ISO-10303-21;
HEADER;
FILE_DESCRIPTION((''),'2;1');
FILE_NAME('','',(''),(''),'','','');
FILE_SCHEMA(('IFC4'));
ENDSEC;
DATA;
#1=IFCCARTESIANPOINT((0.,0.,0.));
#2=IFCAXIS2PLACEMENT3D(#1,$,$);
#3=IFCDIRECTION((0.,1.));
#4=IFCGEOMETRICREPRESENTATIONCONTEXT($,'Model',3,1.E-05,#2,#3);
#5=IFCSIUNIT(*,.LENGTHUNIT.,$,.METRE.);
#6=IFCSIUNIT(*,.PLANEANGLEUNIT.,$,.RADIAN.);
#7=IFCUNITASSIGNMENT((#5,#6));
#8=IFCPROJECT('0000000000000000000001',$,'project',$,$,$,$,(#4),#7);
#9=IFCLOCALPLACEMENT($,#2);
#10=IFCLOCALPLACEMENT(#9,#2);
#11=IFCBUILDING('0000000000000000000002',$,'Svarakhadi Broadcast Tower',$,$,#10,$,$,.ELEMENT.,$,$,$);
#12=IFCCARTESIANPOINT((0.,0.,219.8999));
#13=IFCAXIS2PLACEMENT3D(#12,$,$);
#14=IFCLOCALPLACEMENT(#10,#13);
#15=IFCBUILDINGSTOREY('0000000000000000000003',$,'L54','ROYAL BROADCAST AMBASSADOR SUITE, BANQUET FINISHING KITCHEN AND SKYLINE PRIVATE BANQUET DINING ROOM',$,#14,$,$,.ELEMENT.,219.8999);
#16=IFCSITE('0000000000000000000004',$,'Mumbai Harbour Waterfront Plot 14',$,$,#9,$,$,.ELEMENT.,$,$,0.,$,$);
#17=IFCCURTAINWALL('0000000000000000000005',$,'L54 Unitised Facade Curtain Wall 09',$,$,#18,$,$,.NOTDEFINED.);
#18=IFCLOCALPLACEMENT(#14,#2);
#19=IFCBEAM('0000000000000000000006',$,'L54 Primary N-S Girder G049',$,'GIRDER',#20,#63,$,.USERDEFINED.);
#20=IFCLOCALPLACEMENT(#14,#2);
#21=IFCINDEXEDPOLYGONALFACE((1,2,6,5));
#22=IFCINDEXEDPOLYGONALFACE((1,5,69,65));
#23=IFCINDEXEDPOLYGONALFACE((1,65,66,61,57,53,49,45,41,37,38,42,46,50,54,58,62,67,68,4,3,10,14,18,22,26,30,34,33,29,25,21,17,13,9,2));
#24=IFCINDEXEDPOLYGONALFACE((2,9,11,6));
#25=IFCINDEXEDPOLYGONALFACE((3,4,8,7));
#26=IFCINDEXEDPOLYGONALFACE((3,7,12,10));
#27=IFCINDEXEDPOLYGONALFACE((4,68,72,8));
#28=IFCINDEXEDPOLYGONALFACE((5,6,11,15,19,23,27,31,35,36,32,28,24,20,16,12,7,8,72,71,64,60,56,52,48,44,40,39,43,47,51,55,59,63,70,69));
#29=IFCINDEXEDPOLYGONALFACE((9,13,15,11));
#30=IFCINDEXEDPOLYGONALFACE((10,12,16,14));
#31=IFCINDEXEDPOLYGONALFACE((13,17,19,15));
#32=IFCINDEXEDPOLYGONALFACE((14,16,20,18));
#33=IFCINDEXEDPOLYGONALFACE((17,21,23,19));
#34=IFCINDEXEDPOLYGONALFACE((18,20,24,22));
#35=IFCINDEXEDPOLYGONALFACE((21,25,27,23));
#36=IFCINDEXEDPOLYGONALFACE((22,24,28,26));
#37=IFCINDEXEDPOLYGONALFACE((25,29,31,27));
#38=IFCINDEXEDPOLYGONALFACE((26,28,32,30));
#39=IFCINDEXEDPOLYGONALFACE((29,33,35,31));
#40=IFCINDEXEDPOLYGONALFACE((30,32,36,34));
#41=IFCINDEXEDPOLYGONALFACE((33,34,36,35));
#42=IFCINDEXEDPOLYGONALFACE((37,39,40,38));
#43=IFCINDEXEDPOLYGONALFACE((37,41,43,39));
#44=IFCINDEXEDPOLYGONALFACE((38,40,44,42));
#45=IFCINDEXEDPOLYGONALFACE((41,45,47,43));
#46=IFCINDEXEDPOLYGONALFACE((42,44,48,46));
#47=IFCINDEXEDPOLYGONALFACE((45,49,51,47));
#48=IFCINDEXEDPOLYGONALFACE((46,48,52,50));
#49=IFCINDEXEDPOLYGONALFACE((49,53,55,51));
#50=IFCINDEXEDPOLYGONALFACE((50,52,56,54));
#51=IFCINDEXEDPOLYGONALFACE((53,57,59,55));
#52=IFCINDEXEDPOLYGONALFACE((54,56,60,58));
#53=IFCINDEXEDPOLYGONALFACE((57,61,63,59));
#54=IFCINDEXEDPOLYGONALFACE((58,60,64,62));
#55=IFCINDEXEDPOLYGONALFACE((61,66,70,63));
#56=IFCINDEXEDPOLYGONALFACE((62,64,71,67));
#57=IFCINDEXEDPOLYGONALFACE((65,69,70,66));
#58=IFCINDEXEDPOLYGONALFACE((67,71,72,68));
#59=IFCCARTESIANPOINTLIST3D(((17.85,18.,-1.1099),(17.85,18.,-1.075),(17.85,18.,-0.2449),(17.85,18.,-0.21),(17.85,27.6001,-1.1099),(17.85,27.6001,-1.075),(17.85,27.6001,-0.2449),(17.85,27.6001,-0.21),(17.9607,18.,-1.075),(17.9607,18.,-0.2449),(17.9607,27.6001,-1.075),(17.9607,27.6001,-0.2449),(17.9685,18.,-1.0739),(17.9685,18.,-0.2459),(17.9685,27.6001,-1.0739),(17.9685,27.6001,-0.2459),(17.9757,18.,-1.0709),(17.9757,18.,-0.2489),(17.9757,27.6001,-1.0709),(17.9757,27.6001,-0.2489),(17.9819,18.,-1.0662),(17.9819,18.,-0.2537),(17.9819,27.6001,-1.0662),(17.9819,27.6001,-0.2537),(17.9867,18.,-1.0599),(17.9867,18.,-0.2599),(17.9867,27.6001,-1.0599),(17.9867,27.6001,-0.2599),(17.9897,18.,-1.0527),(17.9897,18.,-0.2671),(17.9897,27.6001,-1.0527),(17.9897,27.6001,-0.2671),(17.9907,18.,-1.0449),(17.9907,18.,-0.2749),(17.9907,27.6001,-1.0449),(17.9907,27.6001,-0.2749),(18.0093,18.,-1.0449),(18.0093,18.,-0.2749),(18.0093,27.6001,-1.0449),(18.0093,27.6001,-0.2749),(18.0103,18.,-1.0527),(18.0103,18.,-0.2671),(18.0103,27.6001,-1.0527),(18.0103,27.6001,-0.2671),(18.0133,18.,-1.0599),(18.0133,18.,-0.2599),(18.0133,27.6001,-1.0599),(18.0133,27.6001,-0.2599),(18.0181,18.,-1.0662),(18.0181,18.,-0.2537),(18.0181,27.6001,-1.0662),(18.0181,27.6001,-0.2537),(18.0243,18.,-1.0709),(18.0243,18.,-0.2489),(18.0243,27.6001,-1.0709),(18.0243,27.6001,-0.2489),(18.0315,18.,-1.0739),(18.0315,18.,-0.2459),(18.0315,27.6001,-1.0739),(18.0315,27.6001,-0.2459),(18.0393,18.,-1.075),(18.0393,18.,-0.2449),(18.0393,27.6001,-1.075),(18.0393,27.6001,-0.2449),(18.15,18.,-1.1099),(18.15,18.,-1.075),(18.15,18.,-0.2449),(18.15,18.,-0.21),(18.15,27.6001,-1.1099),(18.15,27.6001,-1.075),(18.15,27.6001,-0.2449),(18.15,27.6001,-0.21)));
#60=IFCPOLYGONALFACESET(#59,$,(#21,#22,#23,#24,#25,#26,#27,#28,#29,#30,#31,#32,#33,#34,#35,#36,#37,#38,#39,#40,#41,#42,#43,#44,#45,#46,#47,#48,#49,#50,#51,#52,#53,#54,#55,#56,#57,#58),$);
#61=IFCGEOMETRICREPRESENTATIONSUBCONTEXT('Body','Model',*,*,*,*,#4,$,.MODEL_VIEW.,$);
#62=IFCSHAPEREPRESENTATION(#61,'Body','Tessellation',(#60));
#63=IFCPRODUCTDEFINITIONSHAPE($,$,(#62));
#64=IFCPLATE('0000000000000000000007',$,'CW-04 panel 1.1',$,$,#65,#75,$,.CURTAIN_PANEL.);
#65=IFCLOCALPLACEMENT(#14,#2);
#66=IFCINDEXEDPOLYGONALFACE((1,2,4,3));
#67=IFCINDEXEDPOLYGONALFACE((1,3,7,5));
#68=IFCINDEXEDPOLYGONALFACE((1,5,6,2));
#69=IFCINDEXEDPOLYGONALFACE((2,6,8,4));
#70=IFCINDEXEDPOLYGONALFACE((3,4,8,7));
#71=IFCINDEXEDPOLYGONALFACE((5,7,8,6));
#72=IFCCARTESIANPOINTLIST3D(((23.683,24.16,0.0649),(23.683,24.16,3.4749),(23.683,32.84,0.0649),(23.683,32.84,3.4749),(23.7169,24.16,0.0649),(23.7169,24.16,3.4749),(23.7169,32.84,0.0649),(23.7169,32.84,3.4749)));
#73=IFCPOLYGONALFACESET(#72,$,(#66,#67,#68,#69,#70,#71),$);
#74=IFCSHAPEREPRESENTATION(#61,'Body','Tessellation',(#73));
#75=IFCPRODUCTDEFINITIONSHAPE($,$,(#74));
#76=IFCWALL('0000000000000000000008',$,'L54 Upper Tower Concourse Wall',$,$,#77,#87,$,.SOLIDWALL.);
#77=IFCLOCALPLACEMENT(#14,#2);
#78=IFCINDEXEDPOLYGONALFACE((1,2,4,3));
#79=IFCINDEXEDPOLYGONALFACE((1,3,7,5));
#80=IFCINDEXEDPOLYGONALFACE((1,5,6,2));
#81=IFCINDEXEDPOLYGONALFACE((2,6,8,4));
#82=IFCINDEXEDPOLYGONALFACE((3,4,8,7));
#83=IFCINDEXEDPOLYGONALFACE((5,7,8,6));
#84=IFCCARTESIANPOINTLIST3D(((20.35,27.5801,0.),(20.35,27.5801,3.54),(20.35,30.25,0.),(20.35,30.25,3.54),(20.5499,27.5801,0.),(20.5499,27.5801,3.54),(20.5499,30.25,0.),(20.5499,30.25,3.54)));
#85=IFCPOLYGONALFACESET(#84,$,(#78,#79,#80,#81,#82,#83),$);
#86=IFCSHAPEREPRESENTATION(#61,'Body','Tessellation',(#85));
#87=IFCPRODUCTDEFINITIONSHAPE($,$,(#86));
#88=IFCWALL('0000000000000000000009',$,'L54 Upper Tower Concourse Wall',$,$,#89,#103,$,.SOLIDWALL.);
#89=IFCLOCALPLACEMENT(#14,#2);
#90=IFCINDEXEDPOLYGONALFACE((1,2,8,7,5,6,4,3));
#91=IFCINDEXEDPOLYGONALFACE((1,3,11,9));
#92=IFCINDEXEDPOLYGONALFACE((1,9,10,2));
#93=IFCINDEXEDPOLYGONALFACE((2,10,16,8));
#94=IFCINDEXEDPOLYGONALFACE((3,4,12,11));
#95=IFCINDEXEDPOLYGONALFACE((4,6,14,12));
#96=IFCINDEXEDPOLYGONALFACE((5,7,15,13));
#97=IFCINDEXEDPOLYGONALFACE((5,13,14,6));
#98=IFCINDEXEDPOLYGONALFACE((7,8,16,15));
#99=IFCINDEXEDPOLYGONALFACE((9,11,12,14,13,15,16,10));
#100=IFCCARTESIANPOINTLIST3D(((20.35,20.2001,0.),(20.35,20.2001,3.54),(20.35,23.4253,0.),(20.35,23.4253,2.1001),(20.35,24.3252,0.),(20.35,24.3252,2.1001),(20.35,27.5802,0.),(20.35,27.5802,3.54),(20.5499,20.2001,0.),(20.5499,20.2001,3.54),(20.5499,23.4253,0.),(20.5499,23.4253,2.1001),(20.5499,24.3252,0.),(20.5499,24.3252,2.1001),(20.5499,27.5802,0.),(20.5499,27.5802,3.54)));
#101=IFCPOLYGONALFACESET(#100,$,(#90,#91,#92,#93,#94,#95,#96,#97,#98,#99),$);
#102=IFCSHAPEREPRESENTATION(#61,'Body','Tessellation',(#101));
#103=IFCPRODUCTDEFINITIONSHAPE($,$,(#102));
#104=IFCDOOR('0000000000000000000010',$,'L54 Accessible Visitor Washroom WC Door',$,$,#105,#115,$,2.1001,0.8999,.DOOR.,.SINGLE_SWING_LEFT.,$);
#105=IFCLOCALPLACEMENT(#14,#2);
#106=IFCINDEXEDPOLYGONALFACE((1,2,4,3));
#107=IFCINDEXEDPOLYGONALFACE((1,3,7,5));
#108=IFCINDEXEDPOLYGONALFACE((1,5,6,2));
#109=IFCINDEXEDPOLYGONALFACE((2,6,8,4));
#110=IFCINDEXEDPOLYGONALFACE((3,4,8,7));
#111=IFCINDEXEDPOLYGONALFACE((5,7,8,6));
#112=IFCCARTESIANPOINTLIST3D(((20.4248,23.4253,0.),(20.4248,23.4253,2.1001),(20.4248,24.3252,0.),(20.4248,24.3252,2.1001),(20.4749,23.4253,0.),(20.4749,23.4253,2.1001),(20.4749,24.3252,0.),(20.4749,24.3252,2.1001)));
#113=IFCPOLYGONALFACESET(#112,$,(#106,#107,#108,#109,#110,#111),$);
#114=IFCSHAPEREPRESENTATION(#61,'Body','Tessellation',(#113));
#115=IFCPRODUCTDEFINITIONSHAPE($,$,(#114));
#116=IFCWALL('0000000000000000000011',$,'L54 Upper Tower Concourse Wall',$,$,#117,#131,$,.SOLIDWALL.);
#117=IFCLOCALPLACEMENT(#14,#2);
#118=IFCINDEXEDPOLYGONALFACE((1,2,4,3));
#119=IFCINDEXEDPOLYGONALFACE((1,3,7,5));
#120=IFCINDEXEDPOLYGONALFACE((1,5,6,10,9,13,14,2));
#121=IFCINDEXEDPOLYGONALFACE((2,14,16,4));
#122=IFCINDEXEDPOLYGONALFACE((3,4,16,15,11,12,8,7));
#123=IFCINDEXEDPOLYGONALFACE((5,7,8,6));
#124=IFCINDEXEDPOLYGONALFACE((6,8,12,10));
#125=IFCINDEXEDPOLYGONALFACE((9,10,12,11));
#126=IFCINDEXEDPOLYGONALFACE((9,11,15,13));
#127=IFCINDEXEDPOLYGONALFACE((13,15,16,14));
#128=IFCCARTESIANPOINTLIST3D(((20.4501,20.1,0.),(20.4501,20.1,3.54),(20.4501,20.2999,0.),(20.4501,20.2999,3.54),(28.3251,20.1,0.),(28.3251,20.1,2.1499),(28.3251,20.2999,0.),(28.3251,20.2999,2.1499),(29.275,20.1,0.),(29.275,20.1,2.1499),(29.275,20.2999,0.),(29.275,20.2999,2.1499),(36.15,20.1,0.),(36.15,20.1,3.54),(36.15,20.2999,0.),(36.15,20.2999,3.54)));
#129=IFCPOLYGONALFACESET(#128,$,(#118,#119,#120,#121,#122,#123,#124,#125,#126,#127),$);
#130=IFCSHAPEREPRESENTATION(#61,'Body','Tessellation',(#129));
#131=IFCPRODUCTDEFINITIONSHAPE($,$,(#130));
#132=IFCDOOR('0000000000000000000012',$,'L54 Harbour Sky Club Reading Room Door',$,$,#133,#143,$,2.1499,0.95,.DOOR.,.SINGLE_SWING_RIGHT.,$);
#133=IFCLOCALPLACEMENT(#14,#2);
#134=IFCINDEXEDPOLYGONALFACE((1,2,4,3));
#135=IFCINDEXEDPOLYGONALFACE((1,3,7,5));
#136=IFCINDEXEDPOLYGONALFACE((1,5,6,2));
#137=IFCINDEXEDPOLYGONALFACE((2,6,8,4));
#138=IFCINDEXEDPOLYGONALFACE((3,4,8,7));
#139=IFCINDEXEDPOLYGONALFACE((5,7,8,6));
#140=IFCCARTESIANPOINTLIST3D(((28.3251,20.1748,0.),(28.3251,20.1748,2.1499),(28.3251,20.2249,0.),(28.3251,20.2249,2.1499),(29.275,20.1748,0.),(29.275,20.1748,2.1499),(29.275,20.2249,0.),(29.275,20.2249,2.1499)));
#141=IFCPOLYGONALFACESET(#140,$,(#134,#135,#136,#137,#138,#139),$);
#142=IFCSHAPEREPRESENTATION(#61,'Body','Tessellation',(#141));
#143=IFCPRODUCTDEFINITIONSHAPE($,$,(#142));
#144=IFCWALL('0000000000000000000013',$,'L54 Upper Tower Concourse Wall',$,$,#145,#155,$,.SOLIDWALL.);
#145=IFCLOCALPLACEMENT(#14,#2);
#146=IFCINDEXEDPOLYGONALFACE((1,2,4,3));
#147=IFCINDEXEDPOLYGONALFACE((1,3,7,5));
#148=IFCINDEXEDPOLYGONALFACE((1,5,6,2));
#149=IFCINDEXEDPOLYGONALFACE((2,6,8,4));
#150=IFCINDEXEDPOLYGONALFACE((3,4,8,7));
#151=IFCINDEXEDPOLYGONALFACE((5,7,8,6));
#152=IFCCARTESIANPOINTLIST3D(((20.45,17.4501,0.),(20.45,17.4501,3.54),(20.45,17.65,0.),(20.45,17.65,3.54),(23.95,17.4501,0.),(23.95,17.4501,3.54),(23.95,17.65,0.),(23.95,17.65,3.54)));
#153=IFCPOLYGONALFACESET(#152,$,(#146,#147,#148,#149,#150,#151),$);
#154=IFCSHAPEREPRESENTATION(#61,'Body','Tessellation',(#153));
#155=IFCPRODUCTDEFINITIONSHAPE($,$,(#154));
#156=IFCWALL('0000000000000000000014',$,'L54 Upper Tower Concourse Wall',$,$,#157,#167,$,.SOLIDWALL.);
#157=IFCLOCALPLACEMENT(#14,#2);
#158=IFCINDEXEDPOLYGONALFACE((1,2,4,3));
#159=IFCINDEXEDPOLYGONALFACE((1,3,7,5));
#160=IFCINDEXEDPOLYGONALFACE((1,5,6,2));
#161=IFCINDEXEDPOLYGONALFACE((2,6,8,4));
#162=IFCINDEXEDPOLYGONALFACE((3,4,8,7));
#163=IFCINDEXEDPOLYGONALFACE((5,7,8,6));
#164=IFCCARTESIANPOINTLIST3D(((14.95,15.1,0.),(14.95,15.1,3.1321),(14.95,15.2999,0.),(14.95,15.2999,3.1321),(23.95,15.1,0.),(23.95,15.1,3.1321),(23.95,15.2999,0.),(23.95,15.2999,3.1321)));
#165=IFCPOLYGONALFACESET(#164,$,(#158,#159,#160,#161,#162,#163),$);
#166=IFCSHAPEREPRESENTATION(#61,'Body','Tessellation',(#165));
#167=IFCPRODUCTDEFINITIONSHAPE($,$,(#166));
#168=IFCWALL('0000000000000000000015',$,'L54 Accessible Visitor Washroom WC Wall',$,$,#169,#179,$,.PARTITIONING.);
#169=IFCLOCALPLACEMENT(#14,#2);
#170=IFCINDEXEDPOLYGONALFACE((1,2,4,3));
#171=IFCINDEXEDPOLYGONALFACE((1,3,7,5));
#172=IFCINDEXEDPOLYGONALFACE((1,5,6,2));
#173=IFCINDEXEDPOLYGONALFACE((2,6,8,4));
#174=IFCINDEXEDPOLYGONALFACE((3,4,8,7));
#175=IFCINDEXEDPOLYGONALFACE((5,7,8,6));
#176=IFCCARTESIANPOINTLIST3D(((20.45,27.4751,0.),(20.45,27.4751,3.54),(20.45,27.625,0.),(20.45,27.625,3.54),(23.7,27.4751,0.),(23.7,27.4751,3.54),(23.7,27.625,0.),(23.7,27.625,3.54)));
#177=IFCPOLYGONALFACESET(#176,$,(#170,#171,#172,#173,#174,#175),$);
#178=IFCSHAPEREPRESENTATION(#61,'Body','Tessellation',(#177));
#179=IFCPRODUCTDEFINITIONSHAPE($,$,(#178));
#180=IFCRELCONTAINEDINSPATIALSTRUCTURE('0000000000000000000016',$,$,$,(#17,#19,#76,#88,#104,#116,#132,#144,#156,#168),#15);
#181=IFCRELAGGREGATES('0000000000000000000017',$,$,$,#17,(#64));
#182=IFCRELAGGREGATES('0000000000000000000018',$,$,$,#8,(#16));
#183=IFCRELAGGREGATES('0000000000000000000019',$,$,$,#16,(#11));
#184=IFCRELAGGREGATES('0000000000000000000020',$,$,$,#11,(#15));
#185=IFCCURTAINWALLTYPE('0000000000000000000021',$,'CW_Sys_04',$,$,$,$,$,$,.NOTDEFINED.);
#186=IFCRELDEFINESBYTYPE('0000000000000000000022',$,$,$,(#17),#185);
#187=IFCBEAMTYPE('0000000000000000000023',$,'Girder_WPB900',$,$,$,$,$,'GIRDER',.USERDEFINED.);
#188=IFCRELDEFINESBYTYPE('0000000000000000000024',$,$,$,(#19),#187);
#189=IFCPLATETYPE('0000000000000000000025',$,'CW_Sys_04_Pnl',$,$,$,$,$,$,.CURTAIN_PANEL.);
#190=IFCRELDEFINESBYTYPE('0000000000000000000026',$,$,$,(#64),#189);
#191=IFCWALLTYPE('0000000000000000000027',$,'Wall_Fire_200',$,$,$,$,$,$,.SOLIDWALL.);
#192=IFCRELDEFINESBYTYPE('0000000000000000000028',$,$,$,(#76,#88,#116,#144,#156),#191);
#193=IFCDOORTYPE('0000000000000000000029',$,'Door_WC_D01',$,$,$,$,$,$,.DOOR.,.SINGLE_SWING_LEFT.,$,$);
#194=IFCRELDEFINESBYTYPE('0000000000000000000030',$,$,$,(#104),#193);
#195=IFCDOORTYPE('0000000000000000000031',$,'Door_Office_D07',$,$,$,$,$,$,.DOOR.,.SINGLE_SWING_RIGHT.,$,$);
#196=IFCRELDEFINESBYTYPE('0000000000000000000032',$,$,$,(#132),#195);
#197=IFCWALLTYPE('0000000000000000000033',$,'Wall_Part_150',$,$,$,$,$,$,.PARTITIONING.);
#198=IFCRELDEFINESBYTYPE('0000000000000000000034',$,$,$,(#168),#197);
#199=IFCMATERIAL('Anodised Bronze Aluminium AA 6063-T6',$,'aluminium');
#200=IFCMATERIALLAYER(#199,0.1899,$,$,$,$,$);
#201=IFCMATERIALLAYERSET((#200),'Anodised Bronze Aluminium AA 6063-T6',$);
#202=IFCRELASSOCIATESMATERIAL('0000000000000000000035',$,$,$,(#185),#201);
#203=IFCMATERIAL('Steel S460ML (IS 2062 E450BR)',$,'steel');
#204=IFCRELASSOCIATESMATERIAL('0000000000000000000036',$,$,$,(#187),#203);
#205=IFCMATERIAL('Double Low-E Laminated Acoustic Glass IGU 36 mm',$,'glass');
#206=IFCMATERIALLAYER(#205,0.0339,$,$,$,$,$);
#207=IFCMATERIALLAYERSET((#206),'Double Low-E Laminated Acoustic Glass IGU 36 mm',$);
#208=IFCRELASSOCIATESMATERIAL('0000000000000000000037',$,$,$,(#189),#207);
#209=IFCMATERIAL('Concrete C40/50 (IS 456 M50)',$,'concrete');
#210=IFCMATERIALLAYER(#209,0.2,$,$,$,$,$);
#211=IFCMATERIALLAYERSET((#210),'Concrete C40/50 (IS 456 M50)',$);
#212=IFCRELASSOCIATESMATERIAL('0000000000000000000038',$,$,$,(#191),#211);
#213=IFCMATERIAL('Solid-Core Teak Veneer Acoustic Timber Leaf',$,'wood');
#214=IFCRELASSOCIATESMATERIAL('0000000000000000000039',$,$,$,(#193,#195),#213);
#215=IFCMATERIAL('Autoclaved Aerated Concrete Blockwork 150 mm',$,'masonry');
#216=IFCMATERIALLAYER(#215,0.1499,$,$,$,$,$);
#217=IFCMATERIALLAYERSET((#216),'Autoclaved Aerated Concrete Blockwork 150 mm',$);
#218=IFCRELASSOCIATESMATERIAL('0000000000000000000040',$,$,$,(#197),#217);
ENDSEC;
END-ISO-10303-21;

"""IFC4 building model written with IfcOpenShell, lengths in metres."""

from ifc_helpers import new_model, si_unit, direction, frame, frame_2d, origin, origin_2d, place, context, subcontext, project, spatial, rectangle, i_section, extrude, material, layer, layer_set, material_profile, profile_set, type_object, element, fill, aggregate, save


model = new_model("IFC4")

# Units and contexts
model_context = context("Model", 3, precision=1e-05, world=origin(), true_north=direction((0.0, 1.0)))
body_context = subcontext(model_context, "Body", "Model", "MODEL_VIEW")
ifc_project = project(units=[si_unit("LENGTHUNIT", "METRE"), si_unit("PLANEANGLEUNIT", "RADIAN")], contexts=[model_context])

# Site, building, storey
site_placement = place(None, origin())
site = spatial("IfcSite", under=ifc_project, at=site_placement, Name="Mumbai Harbour Waterfront Plot 14", CompositionType="ELEMENT", RefElevation=0.0)
building_placement = place(site_placement, origin())
building = spatial("IfcBuilding", under=site, at=building_placement, Name="Svarakhadi Broadcast Tower", CompositionType="ELEMENT")
storey_placement = place(building_placement, frame((0.0, 0.0, 219.8999)))
storey = spatial("IfcBuildingStorey", under=building, at=storey_placement, Name="L54", Description="ROYAL BROADCAST AMBASSADOR SUITE, BANQUET FINISHING KITCHEN AND SKYLINE PRIVATE BANQUET DINING ROOM", CompositionType="ELEMENT", Elevation=219.8999)

# Curtain wall
ifc_material_1 = material(Name="Anodised Bronze Aluminium AA 6063-T6", Category="aluminium")
ifc_layer_1 = layer(ifc_material_1, 0.1899)
ifc_layer_set_1 = layer_set([ifc_layer_1], Name="Anodised Bronze Aluminium AA 6063-T6")
curtain_wall_type = type_object("IfcCurtainWallType", Name="CW_Sys_04", PredefinedType="NOTDEFINED", material=ifc_layer_set_1)
curtain_wall_1_placement = place(storey_placement, origin())
curtain_wall_1 = element("IfcCurtainWall", 1, at=curtain_wall_1_placement, inside=storey, type_object=curtain_wall_type, Name="L54 Unitised Facade Curtain Wall 09", PredefinedType="NOTDEFINED")

# Beam
ifc_material_2 = material(Name="Steel S460ML (IS 2062 E450BR)", Category="steel")
ifc_material_profile_1 = material_profile(ifc_material_2, i_section(OverallWidth=0.3, OverallDepth=0.8999, WebThickness=0.0186, FlangeThickness=0.0349, FilletRadius=0.03, at=origin_2d()), Name="WPB 900x300x291")
ifc_profile_set_1 = profile_set([ifc_material_profile_1], Name="Steel S460ML (IS 2062 E450BR)")
beam_type_1 = type_object("IfcBeamType", Name="Girder_WPB900", ElementType="GIRDER", PredefinedType="USERDEFINED", material=ifc_profile_set_1)
for number, where, z_axis, x_axis, name in (
    (2, (18.0, 18.0, -0.6599), (0.0, 1.0, 0.0), (-1.0, 0.0, 0.0), "L54 Primary N-S Girder G049"),
):
    element("IfcBeam", number, at=place(storey_placement, frame(where, z_axis=z_axis, x_axis=x_axis)), inside=storey, type_object=beam_type_1, Name=name, ObjectType="GIRDER", PredefinedType="USERDEFINED", context=body_context, shape_type="SweptSolid", body=[
        extrude(i_section(OverallWidth=0.3, OverallDepth=0.8999, WebThickness=0.0186, FlangeThickness=0.0349, FilletRadius=0.03, at=origin_2d()), origin(), (0.0, 0.0, 1.0), 9.6001),
    ])

# Plate
ifc_material_3 = material(Name="Double Low-E Laminated Acoustic Glass IGU 36 mm", Category="glass")
ifc_layer_2 = layer(ifc_material_3, 0.0339)
ifc_layer_set_2 = layer_set([ifc_layer_2], Name="Double Low-E Laminated Acoustic Glass IGU 36 mm")
plate_type = type_object("IfcPlateType", Name="CW_Sys_04_Pnl", PredefinedType="CURTAIN_PANEL", material=ifc_layer_set_2)
plate_placement = place(storey_placement, frame((23.7, 28.5, 0.0649), z_axis=(0.0, 0.0, 1.0), x_axis=(0.0, -1.0, 0.0)))
plate = element("IfcPlate", 3, at=plate_placement, type_object=plate_type, Name="CW-04 panel 1.1", PredefinedType="CURTAIN_PANEL", context=body_context, shape_type="SweptSolid", body=[
    extrude(rectangle(XDim=8.6799, YDim=0.0339, at=origin_2d()), origin(), (0.0, 0.0, 1.0), 3.4099),
])
aggregate(curtain_wall_1, [plate])

# Wall
ifc_material_4 = material(Name="Concrete C40/50 (IS 456 M50)", Category="concrete")
ifc_layer_3 = layer(ifc_material_4, 0.2)
ifc_layer_set_3 = layer_set([ifc_layer_3], Name="Concrete C40/50 (IS 456 M50)")
wall_type_1 = type_object("IfcWallType", Name="Wall_Fire_200", PredefinedType="SOLIDWALL", material=ifc_layer_set_3)
wall_1_placement = place(storey_placement, frame((20.45, 30.25, 0.0), z_axis=(0.0, 0.0, 1.0), x_axis=(0.0, -1.0, 0.0)))
element("IfcWall", 4, at=wall_1_placement, inside=storey, type_object=wall_type_1, Name="L54 Upper Tower Concourse Wall", PredefinedType="SOLIDWALL", context=body_context, shape_type="SweptSolid", body=[
    extrude(rectangle(XDim=2.6699, YDim=0.2, at=frame_2d((1.335, 0.0))), origin(), (0.0, 0.0, 1.0), 3.54),
])

# Walls, openings, doors
wall_2_placement = place(storey_placement, frame((20.45, 27.5801, 0.0), z_axis=(0.0, 0.0, 1.0), x_axis=(0.0, -1.0, 0.0)))
wall_2 = element("IfcWall", 5, at=wall_2_placement, inside=storey, type_object=wall_type_1, Name="L54 Upper Tower Concourse Wall", PredefinedType="SOLIDWALL", context=body_context, shape_type="SweptSolid", body=[
    extrude(rectangle(XDim=7.3801, YDim=0.2, at=frame_2d((3.6899, 0.0))), origin(), (0.0, 0.0, 1.0), 3.54),
])
opening_1_placement = place(wall_2_placement, frame((3.2549, 0.0, 0.0)))
opening_1 = element("IfcOpeningElement", 6, at=opening_1_placement, cuts=wall_2, PredefinedType="OPENING", context=body_context, shape_type="SweptSolid", body=[
    extrude(rectangle(XDim=0.8999, YDim=2.1001, at=frame_2d((0.45, 1.05))), frame((0.0, 0.1099, 0.0), z_axis=(0.0, -1.0, 0.0), x_axis=(1.0, 0.0, 0.0)), (0.0, 0.0, 1.0), 0.22),
])
ifc_material_5 = material(Name="Solid-Core Teak Veneer Acoustic Timber Leaf", Category="wood")
door_type_1 = type_object("IfcDoorType", Name="Door_WC_D01", OperationType="SINGLE_SWING_LEFT", PredefinedType="DOOR", material=ifc_material_5)
door_1_placement = place(opening_1_placement, origin())
door_1 = element("IfcDoor", 7, at=door_1_placement, inside=storey, type_object=door_type_1, Name="L54 Accessible Visitor Washroom WC Door", OperationType="SINGLE_SWING_LEFT", OverallHeight=2.1001, OverallWidth=0.8999, PredefinedType="DOOR", context=body_context, shape_type="SweptSolid", body=[
    extrude(rectangle(XDim=0.8999, YDim=2.1001, at=frame_2d((0.45, 1.05))), frame((0.0, 0.0249, 0.0), z_axis=(0.0, -1.0, 0.0), x_axis=(1.0, 0.0, 0.0)), (0.0, 0.0, 1.0), 0.05),
])
fill(opening_1, door_1)
wall_3_placement = place(storey_placement, frame((20.45, 20.2, 0.0), z_axis=(0.0, 0.0, 1.0), x_axis=(1.0, 0.0, 0.0)))
wall_3 = element("IfcWall", 8, at=wall_3_placement, inside=storey, type_object=wall_type_1, Name="L54 Upper Tower Concourse Wall", PredefinedType="SOLIDWALL", context=body_context, shape_type="SweptSolid", body=[
    extrude(rectangle(XDim=15.7, YDim=0.2, at=frame_2d((7.8501, 0.0))), origin(), (0.0, 0.0, 1.0), 3.54),
])
opening_2_placement = place(wall_3_placement, frame((7.875, 0.0, 0.0)))
opening_2 = element("IfcOpeningElement", 9, at=opening_2_placement, cuts=wall_3, PredefinedType="OPENING", context=body_context, shape_type="SweptSolid", body=[
    extrude(rectangle(XDim=0.95, YDim=2.1499, at=frame_2d((0.4751, 1.075))), frame((0.0, 0.1099, 0.0), z_axis=(0.0, -1.0, 0.0), x_axis=(1.0, 0.0, 0.0)), (0.0, 0.0, 1.0), 0.22),
])
door_type_2 = type_object("IfcDoorType", Name="Door_Office_D07", OperationType="SINGLE_SWING_RIGHT", PredefinedType="DOOR", material=ifc_material_5)
door_2_placement = place(opening_2_placement, origin())
door_2 = element("IfcDoor", 10, at=door_2_placement, inside=storey, type_object=door_type_2, Name="L54 Harbour Sky Club Reading Room Door", OperationType="SINGLE_SWING_RIGHT", OverallHeight=2.1499, OverallWidth=0.95, PredefinedType="DOOR", context=body_context, shape_type="SweptSolid", body=[
    extrude(rectangle(XDim=0.95, YDim=2.1499, at=frame_2d((0.4751, 1.075))), frame((0.0, 0.0249, 0.0), z_axis=(0.0, -1.0, 0.0), x_axis=(1.0, 0.0, 0.0)), (0.0, 0.0, 1.0), 0.05),
])
fill(opening_2, door_2)

# Walls
wall_4_placement = place(storey_placement, frame((20.45, 17.55, 0.0), z_axis=(0.0, 0.0, 1.0), x_axis=(1.0, 0.0, 0.0)))
element("IfcWall", 11, at=wall_4_placement, inside=storey, type_object=wall_type_1, Name="L54 Upper Tower Concourse Wall", PredefinedType="SOLIDWALL", context=body_context, shape_type="SweptSolid", body=[
    extrude(rectangle(XDim=3.5, YDim=0.2, at=frame_2d((1.75, 0.0))), origin(), (0.0, 0.0, 1.0), 3.54),
])
wall_5_placement = place(storey_placement, frame((23.95, 15.2, 0.0), z_axis=(0.0, 0.0, 1.0), x_axis=(-1.0, 0.0, 0.0)))
element("IfcWall", 12, at=wall_5_placement, inside=storey, type_object=wall_type_1, Name="L54 Upper Tower Concourse Wall", PredefinedType="SOLIDWALL", context=body_context, shape_type="SweptSolid", body=[
    extrude(rectangle(XDim=9.0, YDim=0.2, at=frame_2d((4.5, 0.0))), origin(), (0.0, 0.0, 1.0), 3.1321),
])
ifc_material_6 = material(Name="Autoclaved Aerated Concrete Blockwork 150 mm", Category="masonry")
ifc_layer_4 = layer(ifc_material_6, 0.1499)
ifc_layer_set_4 = layer_set([ifc_layer_4], Name="Autoclaved Aerated Concrete Blockwork 150 mm")
wall_type_2 = type_object("IfcWallType", Name="Wall_Part_150", PredefinedType="PARTITIONING", material=ifc_layer_set_4)
wall_6_placement = place(storey_placement, frame((20.45, 27.55, 0.0), z_axis=(0.0, 0.0, 1.0), x_axis=(1.0, 0.0, 0.0)))
element("IfcWall", 13, at=wall_6_placement, inside=storey, type_object=wall_type_2, Name="L54 Accessible Visitor Washroom WC Wall", PredefinedType="PARTITIONING", context=body_context, shape_type="SweptSolid", body=[
    extrude(rectangle(XDim=3.25, YDim=0.1499, at=frame_2d((1.625, 0.0))), origin(), (0.0, 0.0, 1.0), 3.54),
])

save(model, "model.ifc")
